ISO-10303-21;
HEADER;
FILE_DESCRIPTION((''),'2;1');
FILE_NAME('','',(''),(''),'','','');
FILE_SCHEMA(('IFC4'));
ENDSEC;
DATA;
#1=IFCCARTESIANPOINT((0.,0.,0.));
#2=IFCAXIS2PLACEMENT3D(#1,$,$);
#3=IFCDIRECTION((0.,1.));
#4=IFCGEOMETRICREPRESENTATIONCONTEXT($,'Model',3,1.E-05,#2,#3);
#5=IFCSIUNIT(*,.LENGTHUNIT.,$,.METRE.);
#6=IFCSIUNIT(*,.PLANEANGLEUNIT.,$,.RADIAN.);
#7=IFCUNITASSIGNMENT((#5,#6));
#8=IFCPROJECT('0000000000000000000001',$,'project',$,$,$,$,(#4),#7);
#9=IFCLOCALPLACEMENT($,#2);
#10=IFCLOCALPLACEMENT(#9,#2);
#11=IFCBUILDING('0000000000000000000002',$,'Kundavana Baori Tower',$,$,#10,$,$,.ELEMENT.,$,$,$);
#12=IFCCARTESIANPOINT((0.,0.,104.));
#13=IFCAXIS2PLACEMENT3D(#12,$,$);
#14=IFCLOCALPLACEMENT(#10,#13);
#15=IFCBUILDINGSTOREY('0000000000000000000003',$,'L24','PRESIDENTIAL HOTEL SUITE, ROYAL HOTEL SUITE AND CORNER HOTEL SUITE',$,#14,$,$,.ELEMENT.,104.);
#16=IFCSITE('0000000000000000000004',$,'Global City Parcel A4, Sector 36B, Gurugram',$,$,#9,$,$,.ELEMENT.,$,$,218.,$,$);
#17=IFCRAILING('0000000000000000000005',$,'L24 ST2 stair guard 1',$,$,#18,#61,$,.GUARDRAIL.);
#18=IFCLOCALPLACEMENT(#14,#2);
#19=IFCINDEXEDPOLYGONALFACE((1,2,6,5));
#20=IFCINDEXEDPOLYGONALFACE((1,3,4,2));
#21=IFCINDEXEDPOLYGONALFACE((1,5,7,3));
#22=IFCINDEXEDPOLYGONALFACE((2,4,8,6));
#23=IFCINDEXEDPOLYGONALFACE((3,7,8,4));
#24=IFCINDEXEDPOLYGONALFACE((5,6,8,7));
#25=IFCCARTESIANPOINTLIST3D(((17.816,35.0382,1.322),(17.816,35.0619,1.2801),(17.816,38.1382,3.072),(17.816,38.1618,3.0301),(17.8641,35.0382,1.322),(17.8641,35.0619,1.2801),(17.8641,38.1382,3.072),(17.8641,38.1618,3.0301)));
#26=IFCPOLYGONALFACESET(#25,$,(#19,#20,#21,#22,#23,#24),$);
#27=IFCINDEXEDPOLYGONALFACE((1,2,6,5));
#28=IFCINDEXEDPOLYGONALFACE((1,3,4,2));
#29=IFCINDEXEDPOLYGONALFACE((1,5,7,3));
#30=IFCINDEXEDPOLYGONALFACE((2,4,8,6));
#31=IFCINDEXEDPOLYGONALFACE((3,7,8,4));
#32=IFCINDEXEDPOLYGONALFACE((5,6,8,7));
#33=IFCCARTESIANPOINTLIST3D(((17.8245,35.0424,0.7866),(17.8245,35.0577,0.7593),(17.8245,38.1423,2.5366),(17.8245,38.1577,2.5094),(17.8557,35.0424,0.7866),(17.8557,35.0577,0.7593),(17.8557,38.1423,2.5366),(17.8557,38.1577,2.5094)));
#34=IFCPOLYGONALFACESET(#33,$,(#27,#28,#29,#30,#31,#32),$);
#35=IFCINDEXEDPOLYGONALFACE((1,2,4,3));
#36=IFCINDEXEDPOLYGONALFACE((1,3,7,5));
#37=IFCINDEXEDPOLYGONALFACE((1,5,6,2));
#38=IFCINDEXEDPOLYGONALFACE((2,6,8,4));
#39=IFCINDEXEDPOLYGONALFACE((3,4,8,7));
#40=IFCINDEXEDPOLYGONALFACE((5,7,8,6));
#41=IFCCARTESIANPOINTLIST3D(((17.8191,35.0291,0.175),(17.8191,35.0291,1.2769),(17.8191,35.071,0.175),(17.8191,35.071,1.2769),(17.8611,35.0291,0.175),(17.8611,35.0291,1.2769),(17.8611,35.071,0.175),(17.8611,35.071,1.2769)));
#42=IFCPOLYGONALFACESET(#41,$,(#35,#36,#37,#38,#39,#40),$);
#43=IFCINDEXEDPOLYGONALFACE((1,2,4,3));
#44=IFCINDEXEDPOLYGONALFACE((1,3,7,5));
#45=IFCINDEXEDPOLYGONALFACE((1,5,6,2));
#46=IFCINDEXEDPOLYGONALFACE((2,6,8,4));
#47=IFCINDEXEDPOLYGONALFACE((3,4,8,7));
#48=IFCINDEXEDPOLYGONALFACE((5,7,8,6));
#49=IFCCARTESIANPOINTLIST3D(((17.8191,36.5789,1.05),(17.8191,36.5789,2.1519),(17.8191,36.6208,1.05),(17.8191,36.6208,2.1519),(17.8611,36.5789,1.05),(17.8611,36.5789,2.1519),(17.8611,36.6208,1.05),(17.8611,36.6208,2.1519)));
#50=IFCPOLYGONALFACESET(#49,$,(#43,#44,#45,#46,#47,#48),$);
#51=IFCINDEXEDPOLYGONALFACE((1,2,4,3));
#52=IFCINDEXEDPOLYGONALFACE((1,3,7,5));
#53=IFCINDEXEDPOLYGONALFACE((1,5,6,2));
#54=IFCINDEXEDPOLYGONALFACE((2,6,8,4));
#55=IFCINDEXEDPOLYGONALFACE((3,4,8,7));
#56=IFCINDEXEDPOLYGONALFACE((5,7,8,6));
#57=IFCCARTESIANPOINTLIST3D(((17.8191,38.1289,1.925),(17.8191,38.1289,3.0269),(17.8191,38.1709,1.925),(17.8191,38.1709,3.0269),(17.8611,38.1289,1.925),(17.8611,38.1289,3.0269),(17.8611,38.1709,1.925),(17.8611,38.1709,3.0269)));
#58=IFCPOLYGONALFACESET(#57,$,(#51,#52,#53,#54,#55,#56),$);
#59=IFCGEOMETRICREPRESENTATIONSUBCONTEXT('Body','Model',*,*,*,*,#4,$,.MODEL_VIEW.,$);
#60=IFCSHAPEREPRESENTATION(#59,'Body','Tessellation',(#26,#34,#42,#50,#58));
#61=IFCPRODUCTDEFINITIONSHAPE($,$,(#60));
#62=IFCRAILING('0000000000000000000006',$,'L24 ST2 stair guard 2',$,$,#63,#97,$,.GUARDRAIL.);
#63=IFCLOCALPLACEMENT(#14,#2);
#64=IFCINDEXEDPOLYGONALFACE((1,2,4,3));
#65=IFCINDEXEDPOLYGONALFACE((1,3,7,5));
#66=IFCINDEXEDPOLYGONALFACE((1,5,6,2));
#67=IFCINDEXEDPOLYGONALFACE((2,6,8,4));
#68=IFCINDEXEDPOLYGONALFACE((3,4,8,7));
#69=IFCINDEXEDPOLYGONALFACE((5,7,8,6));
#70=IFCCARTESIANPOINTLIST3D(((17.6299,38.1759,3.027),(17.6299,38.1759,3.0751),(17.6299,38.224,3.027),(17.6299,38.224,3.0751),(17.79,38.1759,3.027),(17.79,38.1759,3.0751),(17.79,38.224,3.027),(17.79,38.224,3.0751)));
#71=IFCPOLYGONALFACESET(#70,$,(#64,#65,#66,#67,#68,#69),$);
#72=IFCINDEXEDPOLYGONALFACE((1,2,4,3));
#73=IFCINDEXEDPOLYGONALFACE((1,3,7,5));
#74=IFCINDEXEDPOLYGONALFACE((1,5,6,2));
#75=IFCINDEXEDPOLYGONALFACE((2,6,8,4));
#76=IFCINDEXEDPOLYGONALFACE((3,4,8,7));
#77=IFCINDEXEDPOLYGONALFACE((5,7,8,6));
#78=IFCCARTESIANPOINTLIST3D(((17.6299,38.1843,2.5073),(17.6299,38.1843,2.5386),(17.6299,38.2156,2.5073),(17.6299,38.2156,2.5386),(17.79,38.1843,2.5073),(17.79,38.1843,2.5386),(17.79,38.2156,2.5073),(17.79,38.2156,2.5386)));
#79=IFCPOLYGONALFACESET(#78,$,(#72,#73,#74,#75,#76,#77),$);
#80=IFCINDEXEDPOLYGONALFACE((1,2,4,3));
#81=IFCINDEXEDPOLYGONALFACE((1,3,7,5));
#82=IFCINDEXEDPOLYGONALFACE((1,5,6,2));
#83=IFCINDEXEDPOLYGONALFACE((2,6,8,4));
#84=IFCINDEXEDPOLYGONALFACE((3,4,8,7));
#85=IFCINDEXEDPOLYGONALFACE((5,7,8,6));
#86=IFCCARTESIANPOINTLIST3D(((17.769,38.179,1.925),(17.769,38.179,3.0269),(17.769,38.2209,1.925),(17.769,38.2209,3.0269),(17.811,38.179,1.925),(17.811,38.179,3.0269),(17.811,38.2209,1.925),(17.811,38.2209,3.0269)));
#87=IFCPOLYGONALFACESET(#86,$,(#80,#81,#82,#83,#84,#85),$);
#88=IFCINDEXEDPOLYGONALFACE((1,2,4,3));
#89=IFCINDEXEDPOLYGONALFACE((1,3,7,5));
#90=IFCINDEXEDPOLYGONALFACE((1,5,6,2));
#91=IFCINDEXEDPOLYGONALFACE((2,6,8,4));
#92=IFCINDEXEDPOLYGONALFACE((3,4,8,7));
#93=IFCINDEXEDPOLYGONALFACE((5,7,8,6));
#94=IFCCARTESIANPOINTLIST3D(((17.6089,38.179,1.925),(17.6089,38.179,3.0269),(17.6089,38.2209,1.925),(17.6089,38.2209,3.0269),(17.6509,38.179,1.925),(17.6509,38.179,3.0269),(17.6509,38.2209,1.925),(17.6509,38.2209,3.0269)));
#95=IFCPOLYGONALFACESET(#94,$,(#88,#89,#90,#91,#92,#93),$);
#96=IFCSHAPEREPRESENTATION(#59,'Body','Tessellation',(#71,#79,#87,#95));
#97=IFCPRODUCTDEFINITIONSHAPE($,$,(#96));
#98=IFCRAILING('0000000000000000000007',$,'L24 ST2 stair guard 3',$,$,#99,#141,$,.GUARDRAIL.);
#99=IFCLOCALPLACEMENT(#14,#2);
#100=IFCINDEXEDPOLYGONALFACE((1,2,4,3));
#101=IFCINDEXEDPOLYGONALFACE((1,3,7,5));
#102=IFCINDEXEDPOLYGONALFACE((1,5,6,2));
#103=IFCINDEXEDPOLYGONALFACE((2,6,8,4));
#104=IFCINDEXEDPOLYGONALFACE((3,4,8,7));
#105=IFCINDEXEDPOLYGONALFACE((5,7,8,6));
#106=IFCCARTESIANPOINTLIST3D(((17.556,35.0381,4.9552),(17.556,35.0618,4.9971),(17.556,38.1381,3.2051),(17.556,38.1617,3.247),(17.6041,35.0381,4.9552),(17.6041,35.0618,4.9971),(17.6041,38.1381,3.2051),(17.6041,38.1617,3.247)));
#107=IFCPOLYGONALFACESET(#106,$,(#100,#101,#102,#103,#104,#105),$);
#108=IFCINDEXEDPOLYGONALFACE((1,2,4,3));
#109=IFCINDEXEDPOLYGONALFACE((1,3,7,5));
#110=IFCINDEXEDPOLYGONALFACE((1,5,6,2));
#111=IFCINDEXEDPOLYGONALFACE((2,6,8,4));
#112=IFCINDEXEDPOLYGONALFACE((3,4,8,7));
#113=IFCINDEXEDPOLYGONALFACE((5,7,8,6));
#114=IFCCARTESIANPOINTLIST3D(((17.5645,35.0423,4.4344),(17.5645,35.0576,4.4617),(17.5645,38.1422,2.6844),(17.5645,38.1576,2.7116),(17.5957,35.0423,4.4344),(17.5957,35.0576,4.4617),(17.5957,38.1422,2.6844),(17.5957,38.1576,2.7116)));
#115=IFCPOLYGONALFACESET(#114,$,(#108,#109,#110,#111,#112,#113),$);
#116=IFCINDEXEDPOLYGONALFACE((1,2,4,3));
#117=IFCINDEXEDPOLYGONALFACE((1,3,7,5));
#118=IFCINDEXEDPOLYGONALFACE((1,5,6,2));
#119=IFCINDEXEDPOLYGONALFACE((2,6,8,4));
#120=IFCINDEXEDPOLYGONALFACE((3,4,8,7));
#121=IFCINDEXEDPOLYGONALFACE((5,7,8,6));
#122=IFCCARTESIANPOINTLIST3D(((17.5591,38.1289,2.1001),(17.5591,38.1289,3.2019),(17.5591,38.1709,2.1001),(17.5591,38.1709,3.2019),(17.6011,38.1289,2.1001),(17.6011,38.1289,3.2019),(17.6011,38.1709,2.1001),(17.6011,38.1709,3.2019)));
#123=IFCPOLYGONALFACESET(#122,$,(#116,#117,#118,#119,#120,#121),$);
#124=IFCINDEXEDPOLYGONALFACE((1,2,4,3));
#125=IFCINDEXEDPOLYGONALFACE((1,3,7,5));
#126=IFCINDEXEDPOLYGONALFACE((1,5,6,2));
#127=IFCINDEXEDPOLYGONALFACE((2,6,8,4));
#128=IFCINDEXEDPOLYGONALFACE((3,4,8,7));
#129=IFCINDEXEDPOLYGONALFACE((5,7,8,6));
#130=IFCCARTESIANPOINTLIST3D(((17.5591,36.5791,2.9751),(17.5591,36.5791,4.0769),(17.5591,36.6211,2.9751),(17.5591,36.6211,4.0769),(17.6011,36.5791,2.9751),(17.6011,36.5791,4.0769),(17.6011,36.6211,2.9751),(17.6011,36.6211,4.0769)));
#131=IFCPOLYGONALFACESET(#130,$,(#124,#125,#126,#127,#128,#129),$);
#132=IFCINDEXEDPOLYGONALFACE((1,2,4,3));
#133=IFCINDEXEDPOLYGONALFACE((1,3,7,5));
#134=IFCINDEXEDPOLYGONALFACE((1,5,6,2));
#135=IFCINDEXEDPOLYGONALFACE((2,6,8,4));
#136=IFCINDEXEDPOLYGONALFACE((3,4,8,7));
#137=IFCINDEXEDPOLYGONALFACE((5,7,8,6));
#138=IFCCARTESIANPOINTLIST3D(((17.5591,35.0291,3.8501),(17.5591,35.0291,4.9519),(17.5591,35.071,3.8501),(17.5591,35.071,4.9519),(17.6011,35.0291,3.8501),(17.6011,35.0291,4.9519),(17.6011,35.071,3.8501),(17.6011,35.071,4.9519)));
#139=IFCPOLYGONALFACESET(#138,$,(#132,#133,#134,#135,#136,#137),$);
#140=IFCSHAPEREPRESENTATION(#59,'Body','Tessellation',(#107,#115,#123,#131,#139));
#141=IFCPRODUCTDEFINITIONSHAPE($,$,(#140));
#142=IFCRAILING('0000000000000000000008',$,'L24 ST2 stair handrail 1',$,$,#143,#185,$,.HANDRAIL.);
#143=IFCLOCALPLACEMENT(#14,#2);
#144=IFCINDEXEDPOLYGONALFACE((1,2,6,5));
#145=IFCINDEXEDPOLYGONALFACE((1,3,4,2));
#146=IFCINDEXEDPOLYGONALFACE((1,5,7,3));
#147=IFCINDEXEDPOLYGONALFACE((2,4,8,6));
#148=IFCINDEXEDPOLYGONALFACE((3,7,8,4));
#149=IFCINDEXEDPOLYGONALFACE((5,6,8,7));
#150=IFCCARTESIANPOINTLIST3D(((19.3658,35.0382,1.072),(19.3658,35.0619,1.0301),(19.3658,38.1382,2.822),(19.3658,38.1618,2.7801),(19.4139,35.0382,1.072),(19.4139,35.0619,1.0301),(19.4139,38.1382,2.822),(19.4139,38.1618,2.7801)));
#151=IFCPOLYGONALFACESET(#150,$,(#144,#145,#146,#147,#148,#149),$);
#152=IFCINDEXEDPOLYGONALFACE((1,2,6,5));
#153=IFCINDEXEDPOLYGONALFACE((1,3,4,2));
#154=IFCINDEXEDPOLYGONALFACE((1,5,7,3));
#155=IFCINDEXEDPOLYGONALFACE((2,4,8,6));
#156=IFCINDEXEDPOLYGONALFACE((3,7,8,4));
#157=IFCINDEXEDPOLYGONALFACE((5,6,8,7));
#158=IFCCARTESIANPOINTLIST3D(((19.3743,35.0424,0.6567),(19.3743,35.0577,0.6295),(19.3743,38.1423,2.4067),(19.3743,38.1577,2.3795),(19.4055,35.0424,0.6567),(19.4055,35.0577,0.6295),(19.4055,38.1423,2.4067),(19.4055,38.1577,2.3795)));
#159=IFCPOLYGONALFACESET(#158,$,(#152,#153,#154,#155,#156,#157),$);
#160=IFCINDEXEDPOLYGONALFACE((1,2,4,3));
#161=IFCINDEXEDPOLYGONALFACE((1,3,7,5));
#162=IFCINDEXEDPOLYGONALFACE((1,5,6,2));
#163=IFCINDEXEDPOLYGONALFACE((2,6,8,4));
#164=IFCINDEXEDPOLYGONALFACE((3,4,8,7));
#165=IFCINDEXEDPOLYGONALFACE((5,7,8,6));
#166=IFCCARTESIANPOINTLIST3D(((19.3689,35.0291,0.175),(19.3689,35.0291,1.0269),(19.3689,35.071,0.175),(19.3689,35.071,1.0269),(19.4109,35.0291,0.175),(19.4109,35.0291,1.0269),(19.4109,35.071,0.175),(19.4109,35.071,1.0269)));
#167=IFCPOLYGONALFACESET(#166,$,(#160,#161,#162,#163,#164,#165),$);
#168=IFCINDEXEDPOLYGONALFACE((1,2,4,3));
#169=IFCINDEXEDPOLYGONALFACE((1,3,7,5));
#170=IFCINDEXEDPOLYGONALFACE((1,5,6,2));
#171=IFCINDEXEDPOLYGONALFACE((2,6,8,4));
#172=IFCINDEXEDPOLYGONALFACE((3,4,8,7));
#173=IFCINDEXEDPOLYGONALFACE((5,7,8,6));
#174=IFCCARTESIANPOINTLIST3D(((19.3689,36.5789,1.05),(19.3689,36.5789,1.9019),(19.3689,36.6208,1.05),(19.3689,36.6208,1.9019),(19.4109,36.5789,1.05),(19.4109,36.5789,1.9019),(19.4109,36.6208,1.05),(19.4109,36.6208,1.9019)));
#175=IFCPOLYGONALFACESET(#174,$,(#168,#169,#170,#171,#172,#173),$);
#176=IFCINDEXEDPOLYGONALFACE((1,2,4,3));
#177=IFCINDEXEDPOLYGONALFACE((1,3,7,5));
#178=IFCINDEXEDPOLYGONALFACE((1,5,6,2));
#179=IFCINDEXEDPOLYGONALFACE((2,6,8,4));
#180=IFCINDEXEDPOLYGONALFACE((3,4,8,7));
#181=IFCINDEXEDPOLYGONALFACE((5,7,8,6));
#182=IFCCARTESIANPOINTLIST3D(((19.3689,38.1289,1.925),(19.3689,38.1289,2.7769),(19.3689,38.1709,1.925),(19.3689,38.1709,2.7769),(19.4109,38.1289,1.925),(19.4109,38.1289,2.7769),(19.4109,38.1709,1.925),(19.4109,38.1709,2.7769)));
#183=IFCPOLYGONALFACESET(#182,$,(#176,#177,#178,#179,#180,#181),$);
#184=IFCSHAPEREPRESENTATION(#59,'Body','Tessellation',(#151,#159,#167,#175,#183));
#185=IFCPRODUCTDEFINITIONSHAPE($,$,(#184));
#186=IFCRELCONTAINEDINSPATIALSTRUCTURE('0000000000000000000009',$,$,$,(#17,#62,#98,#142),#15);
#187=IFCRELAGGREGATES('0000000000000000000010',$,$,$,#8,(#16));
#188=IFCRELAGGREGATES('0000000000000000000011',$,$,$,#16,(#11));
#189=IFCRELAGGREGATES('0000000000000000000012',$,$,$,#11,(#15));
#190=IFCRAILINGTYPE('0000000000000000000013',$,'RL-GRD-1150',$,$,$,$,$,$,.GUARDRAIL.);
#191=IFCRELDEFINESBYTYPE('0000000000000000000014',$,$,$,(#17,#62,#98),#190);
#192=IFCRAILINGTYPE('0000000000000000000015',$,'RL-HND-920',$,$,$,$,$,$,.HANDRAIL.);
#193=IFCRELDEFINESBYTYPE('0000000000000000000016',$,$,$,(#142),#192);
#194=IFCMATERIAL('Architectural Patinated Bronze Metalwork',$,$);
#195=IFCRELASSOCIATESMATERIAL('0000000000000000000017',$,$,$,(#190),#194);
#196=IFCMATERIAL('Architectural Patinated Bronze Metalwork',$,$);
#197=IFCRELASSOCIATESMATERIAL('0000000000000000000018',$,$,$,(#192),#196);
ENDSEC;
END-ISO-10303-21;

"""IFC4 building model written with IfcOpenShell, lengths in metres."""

from ifc_helpers import new_model, si_unit, direction, frame, origin, origin_2d, place, context, subcontext, project, spatial, rectangle, extrude, material, type_object, element, save


model = new_model("IFC4")

# Units and contexts
model_context = context("Model", 3, precision=1e-05, world=origin(), true_north=direction((0.0, 1.0)))
body_context = subcontext(model_context, "Body", "Model", "MODEL_VIEW")
ifc_project = project(units=[si_unit("LENGTHUNIT", "METRE"), si_unit("PLANEANGLEUNIT", "RADIAN")], contexts=[model_context])

# Site, building, storey
site_placement = place(None, origin())
site = spatial("IfcSite", under=ifc_project, at=site_placement, Name="Global City Parcel A4, Sector 36B, Gurugram", CompositionType="ELEMENT", RefElevation=218.0)
building_placement = place(site_placement, origin())
building = spatial("IfcBuilding", under=site, at=building_placement, Name="Kundavana Baori Tower", CompositionType="ELEMENT")
storey_placement = place(building_placement, frame((0.0, 0.0, 104.0)))
storey = spatial("IfcBuildingStorey", under=building, at=storey_placement, Name="L24", Description="PRESIDENTIAL HOTEL SUITE, ROYAL HOTEL SUITE AND CORNER HOTEL SUITE", CompositionType="ELEMENT", Elevation=104.0)

# Railings
ifc_material_1 = material(Name="Architectural Patinated Bronze Metalwork")
railing_type_1 = type_object("IfcRailingType", Name="RL-GRD-1150", PredefinedType="GUARDRAIL", material=ifc_material_1)
railing_1_placement = place(storey_placement, frame((17.8401, 35.05, 0.175)))
element("IfcRailing", 1, at=railing_1_placement, inside=storey, type_object=railing_type_1, Name="L24 ST2 stair guard 1", PredefinedType="GUARDRAIL", context=body_context, shape_type="SweptSolid", body=[
    extrude(rectangle(XDim=0.0481, YDim=0.0481, at=origin_2d()), frame((0.0, 0.0, 1.126), z_axis=(0.0, 0.870814, 0.491612), x_axis=(-1.0, 0.0, 0.0)), (0.0, 0.0, 1.0), 3.5598),
    extrude(rectangle(XDim=0.0312, YDim=0.0312, at=origin_2d()), frame((0.0, 0.0, 0.5979), z_axis=(0.0, 0.870814, 0.491612), x_axis=(-1.0, 0.0, 0.0)), (0.0, 0.0, 1.0), 3.5598),
    extrude(rectangle(XDim=0.042, YDim=0.042, at=origin_2d()), origin(), (0.0, 0.0, 1.0), 1.1018),
    extrude(rectangle(XDim=0.042, YDim=0.042, at=origin_2d()), frame((0.0, 1.5498, 0.875)), (0.0, 0.0, 1.0), 1.1018),
    extrude(rectangle(XDim=0.042, YDim=0.042, at=origin_2d()), frame((0.0, 3.0999, 1.75)), (0.0, 0.0, 1.0), 1.1018),
])
railing_2_placement = place(storey_placement, frame((17.79, 38.2, 1.925)))
element("IfcRailing", 2, at=railing_2_placement, inside=storey, type_object=railing_type_1, Name="L24 ST2 stair guard 2", PredefinedType="GUARDRAIL", context=body_context, shape_type="SweptSolid", body=[
    extrude(rectangle(XDim=0.0481, YDim=0.0481, at=origin_2d()), frame((0.0, 0.0, 1.126), z_axis=(-1.0, 0.0, 0.0), x_axis=(0.0, -1.0, 0.0)), (0.0, 0.0, 1.0), 0.1602),
    extrude(rectangle(XDim=0.0312, YDim=0.0312, at=origin_2d()), frame((0.0, 0.0, 0.5979), z_axis=(-1.0, 0.0, 0.0), x_axis=(0.0, -1.0, 0.0)), (0.0, 0.0, 1.0), 0.1602),
    extrude(rectangle(XDim=0.042, YDim=0.042, at=origin_2d()), origin(), (0.0, 0.0, 1.0), 1.1018),
    extrude(rectangle(XDim=0.042, YDim=0.042, at=origin_2d()), frame((-0.1602, 0.0, 0.0)), (0.0, 0.0, 1.0), 1.1018),
])
railing_3_placement = place(storey_placement, frame((17.5801, 38.1499, 2.1001)))
element("IfcRailing", 3, at=railing_3_placement, inside=storey, type_object=railing_type_1, Name="L24 ST2 stair guard 3", PredefinedType="GUARDRAIL", context=body_context, shape_type="SweptSolid", body=[
    extrude(rectangle(XDim=0.0481, YDim=0.0481, at=origin_2d()), frame((0.0, 0.0, 1.126), z_axis=(0.0, -0.870814, 0.491612), x_axis=(1.0, 0.0, 0.0)), (0.0, 0.0, 1.0), 3.5598),
    extrude(rectangle(XDim=0.0312, YDim=0.0312, at=origin_2d()), frame((0.0, 0.0, 0.5979), z_axis=(0.0, -0.870814, 0.491612), x_axis=(1.0, 0.0, 0.0)), (0.0, 0.0, 1.0), 3.5598),
    extrude(rectangle(XDim=0.042, YDim=0.042, at=origin_2d()), origin(), (0.0, 0.0, 1.0), 1.1018),
    extrude(rectangle(XDim=0.042, YDim=0.042, at=origin_2d()), frame((0.0, -1.5498, 0.875)), (0.0, 0.0, 1.0), 1.1018),
    extrude(rectangle(XDim=0.042, YDim=0.042, at=origin_2d()), frame((0.0, -3.0999, 1.75)), (0.0, 0.0, 1.0), 1.1018),
])
ifc_material_2 = material(Name="Architectural Patinated Bronze Metalwork")
railing_type_2 = type_object("IfcRailingType", Name="RL-HND-920", PredefinedType="HANDRAIL", material=ifc_material_2)
railing_4_placement = place(storey_placement, frame((19.3899, 35.05, 0.175)))
element("IfcRailing", 4, at=railing_4_placement, inside=storey, type_object=railing_type_2, Name="L24 ST2 stair handrail 1", PredefinedType="HANDRAIL", context=body_context, shape_type="SweptSolid", body=[
    extrude(rectangle(XDim=0.0481, YDim=0.0481, at=origin_2d()), frame((0.0, 0.0, 0.876), z_axis=(0.0, 0.870814, 0.491612), x_axis=(-1.0, 0.0, 0.0)), (0.0, 0.0, 1.0), 3.5598),
    extrude(rectangle(XDim=0.0312, YDim=0.0312, at=origin_2d()), frame((0.0, 0.0, 0.468), z_axis=(0.0, 0.870814, 0.491612), x_axis=(-1.0, 0.0, 0.0)), (0.0, 0.0, 1.0), 3.5598),
    extrude(rectangle(XDim=0.042, YDim=0.042, at=origin_2d()), origin(), (0.0, 0.0, 1.0), 0.8518),
    extrude(rectangle(XDim=0.042, YDim=0.042, at=origin_2d()), frame((0.0, 1.5498, 0.875)), (0.0, 0.0, 1.0), 0.8518),
    extrude(rectangle(XDim=0.042, YDim=0.042, at=origin_2d()), frame((0.0, 3.0999, 1.75)), (0.0, 0.0, 1.0), 0.8518),
])

save(model, "model.ifc")
